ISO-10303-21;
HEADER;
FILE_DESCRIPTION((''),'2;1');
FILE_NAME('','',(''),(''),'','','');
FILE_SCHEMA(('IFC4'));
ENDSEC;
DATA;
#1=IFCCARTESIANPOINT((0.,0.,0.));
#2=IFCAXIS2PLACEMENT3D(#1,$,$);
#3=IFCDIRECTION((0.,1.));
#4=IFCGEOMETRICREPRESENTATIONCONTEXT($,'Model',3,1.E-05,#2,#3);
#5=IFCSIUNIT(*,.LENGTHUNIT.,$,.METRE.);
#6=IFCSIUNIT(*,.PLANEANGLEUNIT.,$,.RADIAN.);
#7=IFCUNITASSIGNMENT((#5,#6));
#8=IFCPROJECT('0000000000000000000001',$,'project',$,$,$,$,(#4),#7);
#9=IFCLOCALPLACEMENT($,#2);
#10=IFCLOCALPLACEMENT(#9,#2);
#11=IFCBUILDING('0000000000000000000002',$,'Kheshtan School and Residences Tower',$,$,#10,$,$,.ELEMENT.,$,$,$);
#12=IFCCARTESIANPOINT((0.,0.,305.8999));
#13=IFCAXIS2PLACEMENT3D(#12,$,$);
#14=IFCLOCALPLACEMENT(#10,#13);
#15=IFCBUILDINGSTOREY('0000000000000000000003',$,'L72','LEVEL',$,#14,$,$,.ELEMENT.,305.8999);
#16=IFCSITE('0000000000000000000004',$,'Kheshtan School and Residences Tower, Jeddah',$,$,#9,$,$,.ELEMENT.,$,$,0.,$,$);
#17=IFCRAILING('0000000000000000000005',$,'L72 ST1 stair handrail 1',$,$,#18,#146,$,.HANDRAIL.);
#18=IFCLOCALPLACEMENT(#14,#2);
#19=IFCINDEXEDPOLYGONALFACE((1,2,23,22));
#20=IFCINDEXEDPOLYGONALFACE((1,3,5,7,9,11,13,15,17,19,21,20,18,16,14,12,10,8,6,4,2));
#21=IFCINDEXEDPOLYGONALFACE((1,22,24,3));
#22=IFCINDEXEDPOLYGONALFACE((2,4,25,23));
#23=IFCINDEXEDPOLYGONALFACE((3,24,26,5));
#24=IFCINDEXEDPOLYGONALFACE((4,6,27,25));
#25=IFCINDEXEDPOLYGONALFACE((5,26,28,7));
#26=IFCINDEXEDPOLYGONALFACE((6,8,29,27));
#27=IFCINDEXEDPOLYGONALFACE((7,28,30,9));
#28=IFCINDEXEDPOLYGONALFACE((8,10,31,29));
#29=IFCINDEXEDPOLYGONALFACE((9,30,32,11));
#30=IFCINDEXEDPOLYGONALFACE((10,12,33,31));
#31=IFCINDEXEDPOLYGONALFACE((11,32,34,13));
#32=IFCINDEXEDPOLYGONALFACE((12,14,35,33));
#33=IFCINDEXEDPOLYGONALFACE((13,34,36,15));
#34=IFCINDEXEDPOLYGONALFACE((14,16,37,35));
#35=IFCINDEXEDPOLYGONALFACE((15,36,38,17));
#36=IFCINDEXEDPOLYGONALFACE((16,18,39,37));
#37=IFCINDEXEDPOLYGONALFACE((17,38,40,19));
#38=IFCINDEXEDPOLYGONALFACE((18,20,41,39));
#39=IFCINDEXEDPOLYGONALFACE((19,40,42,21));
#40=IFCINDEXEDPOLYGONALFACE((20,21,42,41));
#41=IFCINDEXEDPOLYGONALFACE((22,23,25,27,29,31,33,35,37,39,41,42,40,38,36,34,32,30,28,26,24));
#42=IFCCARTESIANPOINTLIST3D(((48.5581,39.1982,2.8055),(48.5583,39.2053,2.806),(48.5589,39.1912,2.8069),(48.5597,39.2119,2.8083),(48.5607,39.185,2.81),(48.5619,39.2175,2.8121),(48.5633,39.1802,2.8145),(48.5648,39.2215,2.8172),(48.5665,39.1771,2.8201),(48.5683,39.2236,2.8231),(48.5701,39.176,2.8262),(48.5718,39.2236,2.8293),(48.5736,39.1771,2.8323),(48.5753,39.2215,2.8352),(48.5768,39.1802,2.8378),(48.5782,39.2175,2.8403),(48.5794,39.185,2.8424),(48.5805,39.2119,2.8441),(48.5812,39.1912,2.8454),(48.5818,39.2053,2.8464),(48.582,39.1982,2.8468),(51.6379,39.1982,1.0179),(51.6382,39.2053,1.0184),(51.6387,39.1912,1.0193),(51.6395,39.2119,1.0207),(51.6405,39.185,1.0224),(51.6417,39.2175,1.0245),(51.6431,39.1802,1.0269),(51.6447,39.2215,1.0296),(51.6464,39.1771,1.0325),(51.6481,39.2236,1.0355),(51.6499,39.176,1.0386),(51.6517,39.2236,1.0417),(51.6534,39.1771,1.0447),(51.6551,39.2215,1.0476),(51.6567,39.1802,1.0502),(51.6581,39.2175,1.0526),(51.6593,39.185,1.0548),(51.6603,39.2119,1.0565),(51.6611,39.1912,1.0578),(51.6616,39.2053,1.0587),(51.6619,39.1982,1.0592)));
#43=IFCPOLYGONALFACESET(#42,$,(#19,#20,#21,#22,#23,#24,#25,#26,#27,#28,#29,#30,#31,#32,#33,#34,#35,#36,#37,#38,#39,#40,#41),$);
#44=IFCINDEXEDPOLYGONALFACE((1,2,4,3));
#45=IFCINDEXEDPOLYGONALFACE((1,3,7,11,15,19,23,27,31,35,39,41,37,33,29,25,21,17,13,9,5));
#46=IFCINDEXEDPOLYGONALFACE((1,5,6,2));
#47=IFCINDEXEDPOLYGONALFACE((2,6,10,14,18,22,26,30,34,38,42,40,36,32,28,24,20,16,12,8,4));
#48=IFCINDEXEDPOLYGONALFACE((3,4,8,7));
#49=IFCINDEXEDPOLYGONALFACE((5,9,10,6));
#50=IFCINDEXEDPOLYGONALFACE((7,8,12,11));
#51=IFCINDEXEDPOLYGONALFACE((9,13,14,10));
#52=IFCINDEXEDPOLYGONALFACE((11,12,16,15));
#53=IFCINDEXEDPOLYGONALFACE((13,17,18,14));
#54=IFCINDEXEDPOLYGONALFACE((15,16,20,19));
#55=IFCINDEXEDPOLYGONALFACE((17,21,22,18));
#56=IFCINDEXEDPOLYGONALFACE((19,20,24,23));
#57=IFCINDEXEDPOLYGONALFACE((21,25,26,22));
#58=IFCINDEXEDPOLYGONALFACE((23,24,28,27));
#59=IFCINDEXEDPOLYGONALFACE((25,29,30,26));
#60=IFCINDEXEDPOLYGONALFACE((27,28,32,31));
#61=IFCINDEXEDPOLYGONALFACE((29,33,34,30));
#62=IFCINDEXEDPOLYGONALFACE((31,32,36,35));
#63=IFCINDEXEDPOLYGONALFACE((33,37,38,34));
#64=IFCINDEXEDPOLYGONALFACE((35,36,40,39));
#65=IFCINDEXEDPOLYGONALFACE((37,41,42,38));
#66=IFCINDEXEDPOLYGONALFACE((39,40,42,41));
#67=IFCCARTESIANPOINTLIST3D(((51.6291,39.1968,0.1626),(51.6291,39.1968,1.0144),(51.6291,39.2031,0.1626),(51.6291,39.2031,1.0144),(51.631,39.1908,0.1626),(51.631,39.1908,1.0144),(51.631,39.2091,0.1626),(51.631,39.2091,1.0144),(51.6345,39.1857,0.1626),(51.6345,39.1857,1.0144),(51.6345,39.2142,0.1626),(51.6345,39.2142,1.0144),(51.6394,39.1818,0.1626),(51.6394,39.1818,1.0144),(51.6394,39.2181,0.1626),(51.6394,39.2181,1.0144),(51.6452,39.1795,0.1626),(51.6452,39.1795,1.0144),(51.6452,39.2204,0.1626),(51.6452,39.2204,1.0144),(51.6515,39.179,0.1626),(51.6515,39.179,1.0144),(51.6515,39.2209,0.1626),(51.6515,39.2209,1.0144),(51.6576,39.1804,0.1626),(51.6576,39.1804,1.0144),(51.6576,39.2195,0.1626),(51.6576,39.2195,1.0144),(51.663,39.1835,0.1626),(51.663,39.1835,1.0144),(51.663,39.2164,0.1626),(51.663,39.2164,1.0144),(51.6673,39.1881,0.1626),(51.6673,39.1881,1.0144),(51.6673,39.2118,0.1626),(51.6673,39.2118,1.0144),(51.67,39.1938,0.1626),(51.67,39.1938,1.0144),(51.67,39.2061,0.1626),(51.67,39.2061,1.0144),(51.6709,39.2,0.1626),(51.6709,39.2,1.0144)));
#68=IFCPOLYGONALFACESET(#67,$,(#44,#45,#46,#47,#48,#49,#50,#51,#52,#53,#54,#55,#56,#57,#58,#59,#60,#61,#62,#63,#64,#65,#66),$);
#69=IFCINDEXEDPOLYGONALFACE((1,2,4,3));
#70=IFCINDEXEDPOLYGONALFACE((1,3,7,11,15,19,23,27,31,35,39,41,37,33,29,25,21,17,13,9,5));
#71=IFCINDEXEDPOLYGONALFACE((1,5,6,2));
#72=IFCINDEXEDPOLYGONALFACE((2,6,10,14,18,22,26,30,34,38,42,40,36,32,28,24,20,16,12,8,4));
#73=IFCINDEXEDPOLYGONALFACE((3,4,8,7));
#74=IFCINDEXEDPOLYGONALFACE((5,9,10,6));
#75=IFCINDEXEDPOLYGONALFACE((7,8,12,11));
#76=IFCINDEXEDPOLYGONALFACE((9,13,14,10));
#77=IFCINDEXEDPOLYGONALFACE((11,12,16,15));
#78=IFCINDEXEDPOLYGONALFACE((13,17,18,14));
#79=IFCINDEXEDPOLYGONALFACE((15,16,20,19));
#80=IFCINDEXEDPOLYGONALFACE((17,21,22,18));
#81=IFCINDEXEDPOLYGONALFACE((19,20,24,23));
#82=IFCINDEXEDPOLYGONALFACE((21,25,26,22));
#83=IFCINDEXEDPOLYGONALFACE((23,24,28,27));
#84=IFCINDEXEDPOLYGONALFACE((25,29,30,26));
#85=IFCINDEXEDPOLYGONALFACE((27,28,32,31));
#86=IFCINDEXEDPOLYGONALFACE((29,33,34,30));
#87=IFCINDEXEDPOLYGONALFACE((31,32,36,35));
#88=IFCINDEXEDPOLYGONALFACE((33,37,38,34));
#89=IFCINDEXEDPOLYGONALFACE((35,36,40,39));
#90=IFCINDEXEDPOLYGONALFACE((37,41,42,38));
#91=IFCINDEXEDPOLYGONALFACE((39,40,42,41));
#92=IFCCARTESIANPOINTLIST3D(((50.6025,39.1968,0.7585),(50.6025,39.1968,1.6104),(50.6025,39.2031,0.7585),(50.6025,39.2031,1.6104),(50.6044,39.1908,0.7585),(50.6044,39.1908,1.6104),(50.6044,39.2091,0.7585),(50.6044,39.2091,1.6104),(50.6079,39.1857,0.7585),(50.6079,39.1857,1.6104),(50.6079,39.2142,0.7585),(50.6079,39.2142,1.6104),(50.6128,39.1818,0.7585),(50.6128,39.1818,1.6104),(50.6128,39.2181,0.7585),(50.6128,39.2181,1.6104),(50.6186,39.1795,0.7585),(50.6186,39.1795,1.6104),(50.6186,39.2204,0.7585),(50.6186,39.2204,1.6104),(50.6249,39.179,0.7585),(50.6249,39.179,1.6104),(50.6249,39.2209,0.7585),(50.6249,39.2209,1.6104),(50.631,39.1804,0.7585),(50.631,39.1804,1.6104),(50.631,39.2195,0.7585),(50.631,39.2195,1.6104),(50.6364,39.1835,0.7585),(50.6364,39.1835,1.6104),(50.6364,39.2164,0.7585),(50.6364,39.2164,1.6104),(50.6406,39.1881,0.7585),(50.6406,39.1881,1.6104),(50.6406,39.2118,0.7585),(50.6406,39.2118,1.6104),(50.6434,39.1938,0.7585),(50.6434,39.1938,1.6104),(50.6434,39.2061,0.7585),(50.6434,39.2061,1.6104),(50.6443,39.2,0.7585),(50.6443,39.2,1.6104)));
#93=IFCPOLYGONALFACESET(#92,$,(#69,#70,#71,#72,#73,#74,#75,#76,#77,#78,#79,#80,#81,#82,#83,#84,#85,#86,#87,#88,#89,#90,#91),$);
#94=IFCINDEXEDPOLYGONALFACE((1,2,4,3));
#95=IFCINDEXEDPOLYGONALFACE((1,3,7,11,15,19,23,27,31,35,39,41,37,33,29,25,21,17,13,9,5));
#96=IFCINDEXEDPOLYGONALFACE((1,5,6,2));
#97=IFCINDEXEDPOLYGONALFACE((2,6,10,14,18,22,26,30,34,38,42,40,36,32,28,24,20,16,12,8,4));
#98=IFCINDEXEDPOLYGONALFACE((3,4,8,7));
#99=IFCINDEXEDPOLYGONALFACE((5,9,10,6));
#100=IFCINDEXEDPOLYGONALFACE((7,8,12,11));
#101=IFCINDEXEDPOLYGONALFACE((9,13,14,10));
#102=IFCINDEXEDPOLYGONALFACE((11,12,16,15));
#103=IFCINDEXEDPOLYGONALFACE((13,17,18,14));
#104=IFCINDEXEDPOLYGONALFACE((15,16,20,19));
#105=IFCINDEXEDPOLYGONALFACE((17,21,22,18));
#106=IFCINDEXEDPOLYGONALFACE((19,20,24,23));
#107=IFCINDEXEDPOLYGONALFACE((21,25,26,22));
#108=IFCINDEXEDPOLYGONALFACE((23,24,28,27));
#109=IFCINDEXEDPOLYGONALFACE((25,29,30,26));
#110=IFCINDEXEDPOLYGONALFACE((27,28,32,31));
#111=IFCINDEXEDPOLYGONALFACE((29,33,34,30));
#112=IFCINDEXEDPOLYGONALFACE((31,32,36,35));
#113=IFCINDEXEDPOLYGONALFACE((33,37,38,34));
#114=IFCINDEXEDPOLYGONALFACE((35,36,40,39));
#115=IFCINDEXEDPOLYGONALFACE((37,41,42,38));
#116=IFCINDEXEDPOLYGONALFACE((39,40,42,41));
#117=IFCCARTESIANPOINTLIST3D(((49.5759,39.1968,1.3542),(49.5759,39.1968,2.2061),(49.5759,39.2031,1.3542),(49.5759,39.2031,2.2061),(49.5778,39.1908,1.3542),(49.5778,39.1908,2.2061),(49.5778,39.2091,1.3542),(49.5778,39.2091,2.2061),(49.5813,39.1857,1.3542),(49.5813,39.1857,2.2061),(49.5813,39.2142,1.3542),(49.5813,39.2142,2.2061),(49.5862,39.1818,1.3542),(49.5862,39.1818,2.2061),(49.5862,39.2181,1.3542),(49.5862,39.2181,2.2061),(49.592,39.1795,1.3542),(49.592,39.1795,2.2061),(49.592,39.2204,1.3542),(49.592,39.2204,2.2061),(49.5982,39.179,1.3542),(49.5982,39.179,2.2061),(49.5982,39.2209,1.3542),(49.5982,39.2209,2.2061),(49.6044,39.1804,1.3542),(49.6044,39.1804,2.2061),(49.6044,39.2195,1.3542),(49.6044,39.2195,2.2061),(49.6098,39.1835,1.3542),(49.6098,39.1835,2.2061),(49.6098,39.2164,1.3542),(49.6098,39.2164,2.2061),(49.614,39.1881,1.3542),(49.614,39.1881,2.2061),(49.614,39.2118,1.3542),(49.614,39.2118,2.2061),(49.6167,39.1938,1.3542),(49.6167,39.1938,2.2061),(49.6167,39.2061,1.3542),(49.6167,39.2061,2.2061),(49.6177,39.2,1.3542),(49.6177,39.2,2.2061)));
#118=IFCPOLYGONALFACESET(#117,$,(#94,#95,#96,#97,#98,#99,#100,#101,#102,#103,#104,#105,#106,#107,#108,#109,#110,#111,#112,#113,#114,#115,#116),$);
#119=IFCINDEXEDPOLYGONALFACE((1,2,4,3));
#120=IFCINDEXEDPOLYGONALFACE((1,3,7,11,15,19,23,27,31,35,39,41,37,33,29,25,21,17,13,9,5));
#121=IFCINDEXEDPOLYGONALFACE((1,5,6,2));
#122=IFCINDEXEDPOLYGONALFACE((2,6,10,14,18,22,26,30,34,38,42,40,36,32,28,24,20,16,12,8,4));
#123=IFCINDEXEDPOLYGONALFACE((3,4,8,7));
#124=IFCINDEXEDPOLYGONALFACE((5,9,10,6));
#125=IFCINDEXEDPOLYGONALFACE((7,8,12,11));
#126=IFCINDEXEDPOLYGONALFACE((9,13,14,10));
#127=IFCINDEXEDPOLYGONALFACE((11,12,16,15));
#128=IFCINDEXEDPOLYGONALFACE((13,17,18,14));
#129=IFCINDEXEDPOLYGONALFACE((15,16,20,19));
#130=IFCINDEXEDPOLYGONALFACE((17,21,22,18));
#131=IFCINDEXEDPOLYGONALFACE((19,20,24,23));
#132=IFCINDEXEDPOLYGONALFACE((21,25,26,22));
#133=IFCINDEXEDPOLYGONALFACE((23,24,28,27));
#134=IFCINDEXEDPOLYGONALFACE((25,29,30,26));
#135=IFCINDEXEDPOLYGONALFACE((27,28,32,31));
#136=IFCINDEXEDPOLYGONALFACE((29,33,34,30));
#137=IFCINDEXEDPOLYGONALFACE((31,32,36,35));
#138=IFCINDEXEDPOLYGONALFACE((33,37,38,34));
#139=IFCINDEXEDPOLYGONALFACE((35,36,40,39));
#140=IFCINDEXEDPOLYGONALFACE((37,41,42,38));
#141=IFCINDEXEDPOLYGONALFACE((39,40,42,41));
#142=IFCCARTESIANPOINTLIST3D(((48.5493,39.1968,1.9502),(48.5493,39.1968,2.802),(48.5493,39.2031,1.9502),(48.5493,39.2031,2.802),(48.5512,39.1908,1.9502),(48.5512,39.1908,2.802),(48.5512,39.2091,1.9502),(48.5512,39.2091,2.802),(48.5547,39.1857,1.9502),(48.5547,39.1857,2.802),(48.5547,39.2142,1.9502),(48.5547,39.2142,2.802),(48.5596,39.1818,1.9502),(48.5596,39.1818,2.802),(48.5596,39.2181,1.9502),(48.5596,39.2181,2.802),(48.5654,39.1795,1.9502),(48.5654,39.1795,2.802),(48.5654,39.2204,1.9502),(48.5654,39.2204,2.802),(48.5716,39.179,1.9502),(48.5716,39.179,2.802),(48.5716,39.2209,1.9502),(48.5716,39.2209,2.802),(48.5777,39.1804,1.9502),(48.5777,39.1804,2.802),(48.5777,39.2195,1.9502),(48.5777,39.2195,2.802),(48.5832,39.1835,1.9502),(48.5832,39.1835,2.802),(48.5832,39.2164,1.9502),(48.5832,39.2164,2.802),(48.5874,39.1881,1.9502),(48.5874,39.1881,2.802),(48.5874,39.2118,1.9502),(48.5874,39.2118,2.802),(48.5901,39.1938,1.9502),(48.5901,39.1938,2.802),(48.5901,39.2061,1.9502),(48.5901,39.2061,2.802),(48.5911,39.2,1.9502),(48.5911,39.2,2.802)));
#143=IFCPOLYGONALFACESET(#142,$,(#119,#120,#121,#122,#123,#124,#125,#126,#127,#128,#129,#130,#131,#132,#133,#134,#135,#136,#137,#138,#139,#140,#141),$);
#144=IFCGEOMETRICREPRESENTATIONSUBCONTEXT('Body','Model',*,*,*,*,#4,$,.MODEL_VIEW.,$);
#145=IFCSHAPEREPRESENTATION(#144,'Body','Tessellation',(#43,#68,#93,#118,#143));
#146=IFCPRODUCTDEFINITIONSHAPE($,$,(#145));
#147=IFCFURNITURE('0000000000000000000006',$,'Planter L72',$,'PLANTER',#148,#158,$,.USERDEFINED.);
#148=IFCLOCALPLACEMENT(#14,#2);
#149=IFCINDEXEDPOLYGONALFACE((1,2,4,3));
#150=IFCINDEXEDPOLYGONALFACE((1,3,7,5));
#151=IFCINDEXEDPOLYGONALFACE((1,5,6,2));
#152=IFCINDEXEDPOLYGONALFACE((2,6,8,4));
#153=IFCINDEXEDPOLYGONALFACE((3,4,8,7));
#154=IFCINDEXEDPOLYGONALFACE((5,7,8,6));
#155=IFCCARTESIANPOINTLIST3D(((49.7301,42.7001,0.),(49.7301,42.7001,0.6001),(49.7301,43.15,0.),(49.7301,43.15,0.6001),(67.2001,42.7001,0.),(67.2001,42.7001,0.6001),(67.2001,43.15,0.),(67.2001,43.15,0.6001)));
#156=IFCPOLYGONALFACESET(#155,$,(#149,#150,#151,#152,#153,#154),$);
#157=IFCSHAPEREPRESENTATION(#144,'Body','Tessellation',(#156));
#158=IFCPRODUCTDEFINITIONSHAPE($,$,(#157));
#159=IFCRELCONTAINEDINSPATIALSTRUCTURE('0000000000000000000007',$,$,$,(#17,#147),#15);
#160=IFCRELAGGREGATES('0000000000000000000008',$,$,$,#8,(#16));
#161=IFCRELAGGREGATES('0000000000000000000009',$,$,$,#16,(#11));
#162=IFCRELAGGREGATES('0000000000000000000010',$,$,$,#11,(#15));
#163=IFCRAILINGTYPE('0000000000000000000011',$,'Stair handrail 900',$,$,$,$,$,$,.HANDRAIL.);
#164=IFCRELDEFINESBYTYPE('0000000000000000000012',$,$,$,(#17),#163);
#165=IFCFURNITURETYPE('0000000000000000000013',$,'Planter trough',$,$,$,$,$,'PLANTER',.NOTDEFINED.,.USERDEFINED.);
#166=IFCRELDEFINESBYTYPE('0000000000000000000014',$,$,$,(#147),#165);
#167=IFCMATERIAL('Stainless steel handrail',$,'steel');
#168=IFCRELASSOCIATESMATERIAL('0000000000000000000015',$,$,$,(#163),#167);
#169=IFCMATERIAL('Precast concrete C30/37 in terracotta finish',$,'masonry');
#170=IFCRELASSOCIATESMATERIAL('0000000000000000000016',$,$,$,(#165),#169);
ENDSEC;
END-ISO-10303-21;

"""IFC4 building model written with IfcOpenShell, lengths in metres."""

from ifc_helpers import new_model, si_unit, direction, frame, origin, origin_2d, place, context, subcontext, project, spatial, rectangle, circle, extrude, material, type_object, element, save


model = new_model("IFC4")

# Units and contexts
model_context = context("Model", 3, precision=1e-05, world=origin(), true_north=direction((0.0, 1.0)))
body_context = subcontext(model_context, "Body", "Model", "MODEL_VIEW")
ifc_project = project(units=[si_unit("LENGTHUNIT", "METRE"), si_unit("PLANEANGLEUNIT", "RADIAN")], contexts=[model_context])

# Site, building, storey
site_placement = place(None, origin())
site = spatial("IfcSite", under=ifc_project, at=site_placement, Name="Kheshtan School and Residences Tower, Jeddah", CompositionType="ELEMENT", RefElevation=0.0)
building_placement = place(site_placement, origin())
building = spatial("IfcBuilding", under=site, at=building_placement, Name="Kheshtan School and Residences Tower", CompositionType="ELEMENT")
storey_placement = place(building_placement, frame((0.0, 0.0, 305.8999)))
storey = spatial("IfcBuildingStorey", under=building, at=storey_placement, Name="L72", Description="LEVEL", CompositionType="ELEMENT", Elevation=305.8999)

# Railing
ifc_material_1 = material(Name="Stainless steel handrail", Category="steel")
railing_type_1 = type_object("IfcRailingType", Name="Stair handrail 900", PredefinedType="HANDRAIL", material=ifc_material_1)
railing_1_placement = place(storey_placement, frame((51.6499, 39.2, 0.1626)))
element("IfcRailing", 1, at=railing_1_placement, inside=storey, type_object=railing_type_1, Name="L72 ST1 stair handrail 1", PredefinedType="HANDRAIL", context=body_context, shape_type="SweptSolid", body=[
    extrude(circle(Radius=0.0239, at=origin_2d()), frame((0.0, 0.0, 0.876), z_axis=(-0.864873, 0.0, 0.50199), x_axis=(0.0, -1.0, 0.0)), (0.0, 0.0, 1.0), 3.561),
    extrude(circle(Radius=0.021, at=origin_2d()), origin(), (0.0, 0.0, 1.0), 0.8518),
    extrude(circle(Radius=0.021, at=origin_2d()), frame((-1.0266, 0.0, 0.5959)), (0.0, 0.0, 1.0), 0.8518),
    extrude(circle(Radius=0.021, at=origin_2d()), frame((-2.0532, 0.0, 1.1917)), (0.0, 0.0, 1.0), 0.8518),
    extrude(circle(Radius=0.021, at=origin_2d()), frame((-3.0798, 0.0, 1.7876)), (0.0, 0.0, 1.0), 0.8518),
])

# Furniture
ifc_material_2 = material(Name="Precast concrete C30/37 in terracotta finish", Category="masonry")
furniture_type = type_object("IfcFurnitureType", Name="Planter trough", ElementType="PLANTER", AssemblyPlace="NOTDEFINED", PredefinedType="USERDEFINED", material=ifc_material_2)
furniture_placement = place(storey_placement, frame((58.4651, 42.925, 0.0), z_axis=(0.0, 0.0, 1.0), x_axis=(1.0, 0.0, 0.0)))
element("IfcFurniture", 2, at=furniture_placement, inside=storey, type_object=furniture_type, Name="Planter L72", ObjectType="PLANTER", PredefinedType="USERDEFINED", context=body_context, shape_type="SweptSolid", body=[
    extrude(rectangle(XDim=17.47, YDim=0.45, at=origin_2d()), origin(), (0.0, 0.0, 1.0), 0.6001),
])

save(model, "model.ifc")
